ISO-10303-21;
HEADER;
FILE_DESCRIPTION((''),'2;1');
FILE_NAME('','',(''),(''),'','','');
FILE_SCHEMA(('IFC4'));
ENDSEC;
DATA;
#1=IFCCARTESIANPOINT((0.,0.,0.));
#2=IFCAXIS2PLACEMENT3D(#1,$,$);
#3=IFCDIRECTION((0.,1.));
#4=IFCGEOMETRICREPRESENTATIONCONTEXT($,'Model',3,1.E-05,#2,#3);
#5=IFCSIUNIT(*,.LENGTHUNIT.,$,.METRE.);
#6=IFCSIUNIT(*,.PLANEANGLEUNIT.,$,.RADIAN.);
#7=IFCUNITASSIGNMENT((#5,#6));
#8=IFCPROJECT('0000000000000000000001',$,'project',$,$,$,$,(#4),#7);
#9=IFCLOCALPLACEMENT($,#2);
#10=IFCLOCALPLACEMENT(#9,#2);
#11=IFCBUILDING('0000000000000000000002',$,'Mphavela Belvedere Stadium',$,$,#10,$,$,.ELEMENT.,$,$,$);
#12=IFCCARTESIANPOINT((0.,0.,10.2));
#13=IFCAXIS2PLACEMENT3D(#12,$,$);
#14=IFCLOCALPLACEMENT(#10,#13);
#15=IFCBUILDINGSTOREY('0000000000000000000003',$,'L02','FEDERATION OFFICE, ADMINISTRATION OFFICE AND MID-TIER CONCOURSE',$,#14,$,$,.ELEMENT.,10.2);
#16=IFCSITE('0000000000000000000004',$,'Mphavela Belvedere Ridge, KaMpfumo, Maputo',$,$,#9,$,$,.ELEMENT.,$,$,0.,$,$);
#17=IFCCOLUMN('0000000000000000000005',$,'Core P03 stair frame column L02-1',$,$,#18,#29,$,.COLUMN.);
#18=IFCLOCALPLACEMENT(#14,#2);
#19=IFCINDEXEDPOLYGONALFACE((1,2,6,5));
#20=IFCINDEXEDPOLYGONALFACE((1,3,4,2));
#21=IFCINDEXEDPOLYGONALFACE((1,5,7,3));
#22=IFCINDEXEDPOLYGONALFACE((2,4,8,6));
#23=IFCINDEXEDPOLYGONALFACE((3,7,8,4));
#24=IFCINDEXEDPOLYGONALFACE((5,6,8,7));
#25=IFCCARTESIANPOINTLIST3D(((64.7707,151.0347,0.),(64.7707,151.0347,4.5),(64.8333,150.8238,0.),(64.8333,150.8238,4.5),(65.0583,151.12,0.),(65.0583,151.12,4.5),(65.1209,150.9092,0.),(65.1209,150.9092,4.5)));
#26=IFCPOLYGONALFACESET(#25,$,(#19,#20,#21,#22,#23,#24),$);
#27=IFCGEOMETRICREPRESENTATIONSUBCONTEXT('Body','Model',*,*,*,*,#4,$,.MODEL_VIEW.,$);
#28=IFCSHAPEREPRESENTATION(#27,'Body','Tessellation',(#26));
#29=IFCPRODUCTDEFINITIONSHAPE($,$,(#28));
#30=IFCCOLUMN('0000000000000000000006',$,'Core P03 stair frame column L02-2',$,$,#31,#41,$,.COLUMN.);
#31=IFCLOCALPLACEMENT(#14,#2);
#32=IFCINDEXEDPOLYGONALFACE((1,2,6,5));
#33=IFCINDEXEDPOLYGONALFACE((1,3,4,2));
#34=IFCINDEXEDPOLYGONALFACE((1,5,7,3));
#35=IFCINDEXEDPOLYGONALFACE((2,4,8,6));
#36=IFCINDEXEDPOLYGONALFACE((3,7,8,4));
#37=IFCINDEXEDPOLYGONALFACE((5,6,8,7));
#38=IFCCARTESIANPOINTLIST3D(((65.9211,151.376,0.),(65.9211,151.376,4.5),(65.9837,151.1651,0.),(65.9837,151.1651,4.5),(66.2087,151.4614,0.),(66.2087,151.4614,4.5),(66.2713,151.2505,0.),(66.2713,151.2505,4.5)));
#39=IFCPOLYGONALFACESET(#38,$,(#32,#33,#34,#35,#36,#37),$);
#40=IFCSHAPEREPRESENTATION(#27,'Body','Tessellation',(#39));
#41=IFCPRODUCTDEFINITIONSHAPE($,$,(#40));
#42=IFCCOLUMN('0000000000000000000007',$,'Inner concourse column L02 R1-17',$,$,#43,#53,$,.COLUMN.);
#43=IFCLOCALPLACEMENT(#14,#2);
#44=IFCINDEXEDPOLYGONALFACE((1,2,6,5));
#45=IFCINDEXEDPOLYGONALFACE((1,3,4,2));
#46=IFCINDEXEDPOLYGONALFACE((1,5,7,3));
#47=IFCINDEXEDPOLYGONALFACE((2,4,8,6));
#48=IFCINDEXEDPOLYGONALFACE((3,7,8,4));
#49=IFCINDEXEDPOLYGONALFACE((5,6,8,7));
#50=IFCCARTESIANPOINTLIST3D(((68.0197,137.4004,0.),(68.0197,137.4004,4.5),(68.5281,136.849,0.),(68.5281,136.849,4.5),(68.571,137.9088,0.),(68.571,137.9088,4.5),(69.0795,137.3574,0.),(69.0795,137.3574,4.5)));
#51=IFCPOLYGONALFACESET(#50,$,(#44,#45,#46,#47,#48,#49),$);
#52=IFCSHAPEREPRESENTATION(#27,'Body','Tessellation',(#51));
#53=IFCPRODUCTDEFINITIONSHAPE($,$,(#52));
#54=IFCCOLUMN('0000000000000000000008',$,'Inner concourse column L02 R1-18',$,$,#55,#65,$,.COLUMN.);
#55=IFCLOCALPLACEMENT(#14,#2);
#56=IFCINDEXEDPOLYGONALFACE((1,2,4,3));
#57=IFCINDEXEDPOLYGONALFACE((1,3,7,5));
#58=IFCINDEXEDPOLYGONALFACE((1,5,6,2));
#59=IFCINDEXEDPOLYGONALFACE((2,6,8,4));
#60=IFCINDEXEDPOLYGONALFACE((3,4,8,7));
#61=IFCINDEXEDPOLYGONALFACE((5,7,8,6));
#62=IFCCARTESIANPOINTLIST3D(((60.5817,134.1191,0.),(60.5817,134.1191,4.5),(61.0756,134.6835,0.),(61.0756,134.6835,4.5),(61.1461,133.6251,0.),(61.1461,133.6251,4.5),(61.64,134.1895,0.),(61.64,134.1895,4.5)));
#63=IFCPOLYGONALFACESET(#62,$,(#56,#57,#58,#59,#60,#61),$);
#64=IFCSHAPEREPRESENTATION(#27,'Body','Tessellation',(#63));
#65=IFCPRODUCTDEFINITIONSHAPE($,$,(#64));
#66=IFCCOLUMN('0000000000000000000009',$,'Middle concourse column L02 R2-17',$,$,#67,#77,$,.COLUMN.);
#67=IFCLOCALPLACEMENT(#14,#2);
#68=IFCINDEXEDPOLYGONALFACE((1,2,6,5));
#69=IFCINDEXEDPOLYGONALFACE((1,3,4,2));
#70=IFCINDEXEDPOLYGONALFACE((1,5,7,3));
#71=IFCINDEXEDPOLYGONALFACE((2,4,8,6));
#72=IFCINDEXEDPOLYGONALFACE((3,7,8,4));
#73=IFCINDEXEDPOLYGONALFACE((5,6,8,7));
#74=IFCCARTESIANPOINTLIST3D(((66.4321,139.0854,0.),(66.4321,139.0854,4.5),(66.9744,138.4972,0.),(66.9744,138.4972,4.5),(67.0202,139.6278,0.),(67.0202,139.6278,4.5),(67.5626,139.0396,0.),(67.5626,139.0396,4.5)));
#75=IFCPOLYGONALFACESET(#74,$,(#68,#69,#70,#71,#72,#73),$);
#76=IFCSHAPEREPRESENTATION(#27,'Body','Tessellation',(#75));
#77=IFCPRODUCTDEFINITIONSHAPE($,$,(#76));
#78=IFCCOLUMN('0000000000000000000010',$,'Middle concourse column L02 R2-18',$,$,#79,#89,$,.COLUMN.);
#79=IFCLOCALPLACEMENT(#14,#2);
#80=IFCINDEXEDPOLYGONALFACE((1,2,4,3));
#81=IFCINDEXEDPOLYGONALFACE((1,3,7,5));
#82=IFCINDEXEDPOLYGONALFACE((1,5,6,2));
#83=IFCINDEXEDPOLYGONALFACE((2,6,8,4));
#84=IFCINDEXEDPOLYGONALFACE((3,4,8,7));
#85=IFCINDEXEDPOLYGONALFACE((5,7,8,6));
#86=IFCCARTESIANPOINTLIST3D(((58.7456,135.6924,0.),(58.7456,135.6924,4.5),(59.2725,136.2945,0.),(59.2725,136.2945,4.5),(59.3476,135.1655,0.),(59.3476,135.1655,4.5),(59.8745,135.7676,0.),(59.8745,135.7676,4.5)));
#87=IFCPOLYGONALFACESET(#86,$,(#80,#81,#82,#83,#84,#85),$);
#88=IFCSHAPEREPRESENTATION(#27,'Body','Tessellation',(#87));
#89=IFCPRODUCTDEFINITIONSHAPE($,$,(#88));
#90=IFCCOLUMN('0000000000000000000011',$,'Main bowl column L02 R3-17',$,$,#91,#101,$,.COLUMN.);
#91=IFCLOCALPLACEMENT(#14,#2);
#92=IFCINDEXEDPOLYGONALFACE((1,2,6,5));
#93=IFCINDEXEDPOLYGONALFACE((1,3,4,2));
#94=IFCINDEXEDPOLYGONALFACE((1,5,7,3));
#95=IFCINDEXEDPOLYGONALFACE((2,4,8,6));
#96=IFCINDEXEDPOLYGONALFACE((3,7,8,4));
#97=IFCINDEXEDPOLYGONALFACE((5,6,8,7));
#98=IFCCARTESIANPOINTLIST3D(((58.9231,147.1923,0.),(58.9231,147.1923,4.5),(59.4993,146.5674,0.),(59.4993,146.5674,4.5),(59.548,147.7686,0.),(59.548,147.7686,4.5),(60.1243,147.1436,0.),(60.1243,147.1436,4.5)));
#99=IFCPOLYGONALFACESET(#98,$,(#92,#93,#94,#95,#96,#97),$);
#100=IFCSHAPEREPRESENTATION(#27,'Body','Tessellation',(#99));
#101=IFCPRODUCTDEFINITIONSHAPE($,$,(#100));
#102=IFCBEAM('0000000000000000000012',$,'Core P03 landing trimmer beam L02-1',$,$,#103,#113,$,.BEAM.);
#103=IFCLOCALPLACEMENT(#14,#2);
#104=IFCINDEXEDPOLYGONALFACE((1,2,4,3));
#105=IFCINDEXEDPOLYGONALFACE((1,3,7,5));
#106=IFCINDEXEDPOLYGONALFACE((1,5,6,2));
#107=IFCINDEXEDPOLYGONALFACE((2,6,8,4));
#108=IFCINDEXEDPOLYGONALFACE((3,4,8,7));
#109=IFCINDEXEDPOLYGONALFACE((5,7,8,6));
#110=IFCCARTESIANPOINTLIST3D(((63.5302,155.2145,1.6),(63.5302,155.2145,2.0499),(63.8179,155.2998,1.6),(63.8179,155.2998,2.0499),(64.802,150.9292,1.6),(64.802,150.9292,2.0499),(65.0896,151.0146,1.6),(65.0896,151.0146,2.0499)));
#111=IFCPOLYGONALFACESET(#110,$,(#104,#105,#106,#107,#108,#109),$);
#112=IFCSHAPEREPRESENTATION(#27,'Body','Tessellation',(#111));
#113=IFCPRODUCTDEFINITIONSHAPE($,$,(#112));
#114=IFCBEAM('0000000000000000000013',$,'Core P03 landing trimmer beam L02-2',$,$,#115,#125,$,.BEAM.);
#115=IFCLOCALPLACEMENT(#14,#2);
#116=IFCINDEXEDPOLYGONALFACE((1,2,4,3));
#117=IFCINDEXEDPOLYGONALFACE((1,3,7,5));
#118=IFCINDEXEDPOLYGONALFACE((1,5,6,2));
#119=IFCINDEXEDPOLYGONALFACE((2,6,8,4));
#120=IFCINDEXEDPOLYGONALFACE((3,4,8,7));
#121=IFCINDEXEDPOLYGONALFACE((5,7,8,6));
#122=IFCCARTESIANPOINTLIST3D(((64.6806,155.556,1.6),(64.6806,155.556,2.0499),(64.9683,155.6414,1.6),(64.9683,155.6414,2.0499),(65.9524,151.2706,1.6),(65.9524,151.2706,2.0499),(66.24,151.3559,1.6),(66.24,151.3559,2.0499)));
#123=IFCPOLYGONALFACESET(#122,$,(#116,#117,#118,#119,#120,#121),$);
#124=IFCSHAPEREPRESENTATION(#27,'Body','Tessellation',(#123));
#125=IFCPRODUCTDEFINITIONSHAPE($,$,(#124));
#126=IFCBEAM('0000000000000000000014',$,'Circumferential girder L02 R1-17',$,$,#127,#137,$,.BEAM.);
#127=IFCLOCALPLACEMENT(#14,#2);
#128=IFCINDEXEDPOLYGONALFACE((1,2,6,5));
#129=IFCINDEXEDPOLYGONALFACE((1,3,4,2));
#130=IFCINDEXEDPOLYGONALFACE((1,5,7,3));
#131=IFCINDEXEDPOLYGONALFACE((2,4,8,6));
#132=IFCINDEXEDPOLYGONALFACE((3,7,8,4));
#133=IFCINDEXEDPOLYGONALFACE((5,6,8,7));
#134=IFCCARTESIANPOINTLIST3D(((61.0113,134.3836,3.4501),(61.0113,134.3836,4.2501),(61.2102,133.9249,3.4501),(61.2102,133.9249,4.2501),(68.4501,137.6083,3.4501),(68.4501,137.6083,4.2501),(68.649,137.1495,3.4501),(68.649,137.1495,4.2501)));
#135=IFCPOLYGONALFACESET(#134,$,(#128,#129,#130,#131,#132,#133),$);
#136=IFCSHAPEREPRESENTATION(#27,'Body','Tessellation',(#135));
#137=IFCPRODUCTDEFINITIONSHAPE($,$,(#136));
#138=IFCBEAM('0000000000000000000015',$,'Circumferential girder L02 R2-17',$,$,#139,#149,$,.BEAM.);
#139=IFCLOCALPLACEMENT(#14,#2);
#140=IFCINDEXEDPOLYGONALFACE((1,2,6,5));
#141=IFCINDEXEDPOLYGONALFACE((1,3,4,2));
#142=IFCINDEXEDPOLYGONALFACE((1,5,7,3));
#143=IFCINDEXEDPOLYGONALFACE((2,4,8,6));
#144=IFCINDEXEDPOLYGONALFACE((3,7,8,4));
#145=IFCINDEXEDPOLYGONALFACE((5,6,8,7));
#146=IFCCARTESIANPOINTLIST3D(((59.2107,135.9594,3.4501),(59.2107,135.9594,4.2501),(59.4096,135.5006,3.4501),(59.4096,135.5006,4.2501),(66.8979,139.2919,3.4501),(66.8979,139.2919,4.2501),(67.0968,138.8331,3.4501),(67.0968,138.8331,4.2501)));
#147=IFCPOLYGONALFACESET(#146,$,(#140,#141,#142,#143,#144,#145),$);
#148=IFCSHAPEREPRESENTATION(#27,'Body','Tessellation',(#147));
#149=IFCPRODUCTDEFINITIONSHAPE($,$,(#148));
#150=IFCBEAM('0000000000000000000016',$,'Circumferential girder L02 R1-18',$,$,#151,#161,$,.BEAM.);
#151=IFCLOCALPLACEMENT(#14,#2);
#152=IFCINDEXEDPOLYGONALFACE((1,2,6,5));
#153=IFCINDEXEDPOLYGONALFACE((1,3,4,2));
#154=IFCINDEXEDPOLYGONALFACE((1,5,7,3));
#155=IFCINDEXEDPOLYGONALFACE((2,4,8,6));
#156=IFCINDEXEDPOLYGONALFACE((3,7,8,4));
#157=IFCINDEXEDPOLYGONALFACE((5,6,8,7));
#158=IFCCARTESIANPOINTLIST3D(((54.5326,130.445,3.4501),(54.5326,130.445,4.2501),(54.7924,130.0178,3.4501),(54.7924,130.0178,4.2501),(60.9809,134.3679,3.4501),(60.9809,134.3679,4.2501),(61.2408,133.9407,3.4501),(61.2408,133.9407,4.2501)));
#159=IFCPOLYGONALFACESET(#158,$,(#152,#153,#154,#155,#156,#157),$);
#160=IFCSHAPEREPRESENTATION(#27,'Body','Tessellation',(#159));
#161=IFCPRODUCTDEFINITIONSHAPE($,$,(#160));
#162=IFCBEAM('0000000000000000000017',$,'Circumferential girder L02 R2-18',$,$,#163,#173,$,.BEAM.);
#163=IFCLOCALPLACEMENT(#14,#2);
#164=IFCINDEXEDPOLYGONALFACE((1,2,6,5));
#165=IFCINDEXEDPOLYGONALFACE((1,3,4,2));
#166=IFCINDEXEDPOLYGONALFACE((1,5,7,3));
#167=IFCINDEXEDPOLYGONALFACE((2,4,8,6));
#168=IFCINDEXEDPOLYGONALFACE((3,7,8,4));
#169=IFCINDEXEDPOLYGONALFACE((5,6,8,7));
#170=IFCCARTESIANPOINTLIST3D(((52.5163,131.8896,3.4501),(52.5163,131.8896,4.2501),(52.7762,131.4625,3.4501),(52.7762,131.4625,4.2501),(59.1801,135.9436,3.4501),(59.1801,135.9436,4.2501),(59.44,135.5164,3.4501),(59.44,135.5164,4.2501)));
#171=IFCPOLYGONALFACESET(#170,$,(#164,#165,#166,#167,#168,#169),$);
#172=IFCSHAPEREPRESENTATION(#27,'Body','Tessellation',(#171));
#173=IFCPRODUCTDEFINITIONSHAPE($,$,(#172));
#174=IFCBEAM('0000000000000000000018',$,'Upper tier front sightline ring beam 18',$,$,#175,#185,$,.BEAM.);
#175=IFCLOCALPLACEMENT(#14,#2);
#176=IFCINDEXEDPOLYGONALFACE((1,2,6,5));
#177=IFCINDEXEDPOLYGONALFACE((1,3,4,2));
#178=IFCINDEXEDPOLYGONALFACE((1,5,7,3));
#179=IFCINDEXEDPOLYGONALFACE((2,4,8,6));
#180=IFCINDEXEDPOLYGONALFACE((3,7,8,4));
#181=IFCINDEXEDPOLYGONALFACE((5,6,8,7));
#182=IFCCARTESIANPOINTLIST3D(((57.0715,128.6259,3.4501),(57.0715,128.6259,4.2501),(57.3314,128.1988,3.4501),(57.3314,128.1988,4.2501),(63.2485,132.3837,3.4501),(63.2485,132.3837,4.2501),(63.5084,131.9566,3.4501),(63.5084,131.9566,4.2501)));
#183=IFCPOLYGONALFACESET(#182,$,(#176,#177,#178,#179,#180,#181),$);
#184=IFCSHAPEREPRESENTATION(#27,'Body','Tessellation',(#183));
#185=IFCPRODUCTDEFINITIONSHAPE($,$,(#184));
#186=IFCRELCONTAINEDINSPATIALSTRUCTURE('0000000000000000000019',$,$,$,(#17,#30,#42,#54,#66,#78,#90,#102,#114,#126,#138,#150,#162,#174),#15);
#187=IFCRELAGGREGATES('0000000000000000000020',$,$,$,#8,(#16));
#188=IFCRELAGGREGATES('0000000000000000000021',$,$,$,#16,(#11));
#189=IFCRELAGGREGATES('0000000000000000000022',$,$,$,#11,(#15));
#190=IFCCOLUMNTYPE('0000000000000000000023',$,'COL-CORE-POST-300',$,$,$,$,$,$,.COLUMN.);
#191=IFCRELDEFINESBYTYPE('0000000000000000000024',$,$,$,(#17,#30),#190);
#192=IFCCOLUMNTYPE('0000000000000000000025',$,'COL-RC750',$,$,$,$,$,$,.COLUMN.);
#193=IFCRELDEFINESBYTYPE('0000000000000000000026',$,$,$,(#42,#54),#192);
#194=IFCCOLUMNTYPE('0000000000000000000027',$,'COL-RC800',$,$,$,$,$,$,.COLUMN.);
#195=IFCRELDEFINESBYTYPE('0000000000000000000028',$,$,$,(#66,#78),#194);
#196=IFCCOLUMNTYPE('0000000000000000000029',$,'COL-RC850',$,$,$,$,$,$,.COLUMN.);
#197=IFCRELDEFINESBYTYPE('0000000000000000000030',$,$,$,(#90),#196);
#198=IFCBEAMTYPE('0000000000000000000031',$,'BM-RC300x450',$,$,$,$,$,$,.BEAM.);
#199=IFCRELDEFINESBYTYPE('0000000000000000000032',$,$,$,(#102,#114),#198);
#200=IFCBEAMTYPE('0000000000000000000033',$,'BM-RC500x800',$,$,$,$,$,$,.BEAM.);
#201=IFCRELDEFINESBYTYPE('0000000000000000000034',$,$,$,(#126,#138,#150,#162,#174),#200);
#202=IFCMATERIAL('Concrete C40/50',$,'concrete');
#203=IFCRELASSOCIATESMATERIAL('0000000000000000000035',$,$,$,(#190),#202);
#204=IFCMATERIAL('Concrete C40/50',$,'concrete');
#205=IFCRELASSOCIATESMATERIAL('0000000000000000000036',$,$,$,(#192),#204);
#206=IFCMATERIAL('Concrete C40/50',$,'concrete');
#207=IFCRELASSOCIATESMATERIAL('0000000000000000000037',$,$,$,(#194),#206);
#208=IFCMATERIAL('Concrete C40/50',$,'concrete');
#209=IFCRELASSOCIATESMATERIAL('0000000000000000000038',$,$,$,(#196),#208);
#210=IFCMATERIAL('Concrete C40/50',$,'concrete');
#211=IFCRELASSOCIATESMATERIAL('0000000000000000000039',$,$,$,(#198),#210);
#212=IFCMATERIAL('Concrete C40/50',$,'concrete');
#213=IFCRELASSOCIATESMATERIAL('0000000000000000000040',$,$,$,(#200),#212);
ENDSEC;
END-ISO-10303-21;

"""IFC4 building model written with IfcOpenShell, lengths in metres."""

from ifc_helpers import new_model, si_unit, direction, frame, origin, origin_2d, place, context, subcontext, project, spatial, rectangle, extrude, material, material_profile, profile_set, type_object, element, save


model = new_model("IFC4")

# Units and contexts
model_context = context("Model", 3, precision=1e-05, world=origin(), true_north=direction((0.0, 1.0)))
body_context = subcontext(model_context, "Body", "Model", "MODEL_VIEW")
ifc_project = project(units=[si_unit("LENGTHUNIT", "METRE"), si_unit("PLANEANGLEUNIT", "RADIAN")], contexts=[model_context])

# Site, building, storey
site_placement = place(None, origin())
site = spatial("IfcSite", under=ifc_project, at=site_placement, Name="Mphavela Belvedere Ridge, KaMpfumo, Maputo", CompositionType="ELEMENT", RefElevation=0.0)
building_placement = place(site_placement, origin())
building = spatial("IfcBuilding", under=site, at=building_placement, Name="Mphavela Belvedere Stadium", CompositionType="ELEMENT")
storey_placement = place(building_placement, frame((0.0, 0.0, 10.2)))
storey = spatial("IfcBuildingStorey", under=building, at=storey_placement, Name="L02", Description="FEDERATION OFFICE, ADMINISTRATION OFFICE AND MID-TIER CONCOURSE", CompositionType="ELEMENT", Elevation=10.2)

# Columns
ifc_material_1 = material(Name="Concrete C40/50", Category="concrete")
ifc_material_profile_1 = material_profile(ifc_material_1, rectangle(XDim=0.3, YDim=0.22, at=origin_2d()), Name="RC 300x220")
ifc_profile_set_1 = profile_set([ifc_material_profile_1], Name="Concrete C40/50")
column_type_1 = type_object("IfcColumnType", Name="COL-CORE-POST-300", PredefinedType="COLUMN", material=ifc_profile_set_1)
for number, where, z_axis, x_axis, name in (
    (1, (64.9458, 150.9719, 0.0), (0.0, 0.0, 1.0), (0.958671, 0.284517, 0.0), "Core P03 stair frame column L02-1"),
    (2, (66.0962, 151.3132, 0.0), (0.0, 0.0, 1.0), (0.958671, 0.284517, 0.0), "Core P03 stair frame column L02-2"),
):
    element("IfcColumn", number, at=place(storey_placement, frame(where, z_axis=z_axis, x_axis=x_axis)), inside=storey, type_object=column_type_1, Name=name, PredefinedType="COLUMN", context=body_context, shape_type="SweptSolid", body=[
        extrude(rectangle(XDim=0.3, YDim=0.22, at=origin_2d()), origin(), (0.0, 0.0, 1.0), 4.5),
    ])
ifc_material_2 = material(Name="Concrete C40/50", Category="concrete")
ifc_material_profile_2 = material_profile(ifc_material_2, rectangle(XDim=0.75, YDim=0.75, at=origin_2d()), Name="RC 750x750")
ifc_profile_set_2 = profile_set([ifc_material_profile_2], Name="Concrete C40/50")
column_type_2 = type_object("IfcColumnType", Name="COL-RC750", PredefinedType="COLUMN", material=ifc_profile_set_2)
for number, where, z_axis, x_axis, name in (
    (3, (68.5496, 137.3789, 0.0), (0.0, 0.0, 1.0), (-0.677903, 0.735151, 0.0), "Inner concourse column L02 R1-17"),
    (4, (61.1108, 134.1543, 0.0), (0.0, 0.0, 1.0), (-0.75253, 0.658558, 0.0), "Inner concourse column L02 R1-18"),
):
    element("IfcColumn", number, at=place(storey_placement, frame(where, z_axis=z_axis, x_axis=x_axis)), inside=storey, type_object=column_type_2, Name=name, PredefinedType="COLUMN", context=body_context, shape_type="SweptSolid", body=[
        extrude(rectangle(XDim=0.75, YDim=0.75, at=origin_2d()), origin(), (0.0, 0.0, 1.0), 4.5),
    ])
ifc_material_3 = material(Name="Concrete C40/50", Category="concrete")
ifc_material_profile_3 = material_profile(ifc_material_3, rectangle(XDim=0.8, YDim=0.8, at=origin_2d()), Name="RC 800x800")
ifc_profile_set_3 = profile_set([ifc_material_profile_3], Name="Concrete C40/50")
column_type_3 = type_object("IfcColumnType", Name="COL-RC800", PredefinedType="COLUMN", material=ifc_profile_set_3)
for number, where, z_axis, x_axis, name in (
    (5, (66.9973, 139.0625, 0.0), (0.0, 0.0, 1.0), (-0.677903, 0.735151, 0.0), "Middle concourse column L02 R2-17"),
    (6, (59.3101, 135.73, 0.0), (0.0, 0.0, 1.0), (-0.75253, 0.658558, 0.0), "Middle concourse column L02 R2-18"),
):
    element("IfcColumn", number, at=place(storey_placement, frame(where, z_axis=z_axis, x_axis=x_axis)), inside=storey, type_object=column_type_3, Name=name, PredefinedType="COLUMN", context=body_context, shape_type="SweptSolid", body=[
        extrude(rectangle(XDim=0.8, YDim=0.8, at=origin_2d()), origin(), (0.0, 0.0, 1.0), 4.5),
    ])
ifc_material_4 = material(Name="Concrete C40/50", Category="concrete")
ifc_material_profile_4 = material_profile(ifc_material_4, rectangle(XDim=0.8501, YDim=0.8501, at=origin_2d()), Name="RC 850x850")
ifc_profile_set_4 = profile_set([ifc_material_profile_4], Name="Concrete C40/50")
column_type_4 = type_object("IfcColumnType", Name="COL-RC850", PredefinedType="COLUMN", material=ifc_profile_set_4)
column_placement = place(storey_placement, frame((59.5237, 147.168, 0.0), z_axis=(0.0, 0.0, 1.0), x_axis=(-0.677903, 0.735151, 0.0)))
element("IfcColumn", 7, at=column_placement, inside=storey, type_object=column_type_4, Name="Main bowl column L02 R3-17", PredefinedType="COLUMN", context=body_context, shape_type="SweptSolid", body=[
    extrude(rectangle(XDim=0.8501, YDim=0.8501, at=origin_2d()), origin(), (0.0, 0.0, 1.0), 4.5),
])

# Beams
ifc_material_5 = material(Name="Concrete C40/50", Category="concrete")
ifc_material_profile_5 = material_profile(ifc_material_5, rectangle(XDim=0.3, YDim=0.45, at=origin_2d()), Name="RC 300x450")
ifc_profile_set_5 = profile_set([ifc_material_profile_5], Name="Concrete C40/50")
beam_type_1 = type_object("IfcBeamType", Name="BM-RC300x450", PredefinedType="BEAM", material=ifc_profile_set_5)
beam_1_placement = place(storey_placement, frame((64.9458, 150.9719, 1.825), z_axis=(-0.28451, 0.958673, 0.0), x_axis=(-0.958673, -0.28451, 0.0)))
element("IfcBeam", 8, at=beam_1_placement, inside=storey, type_object=beam_type_1, Name="Core P03 landing trimmer beam L02-1", PredefinedType="BEAM", context=body_context, shape_type="SweptSolid", body=[
    extrude(rectangle(XDim=0.3, YDim=0.45, at=origin_2d()), origin(), (0.0, 0.0, 1.0), 4.47),
])
beam_2_placement = place(storey_placement, frame((66.0962, 151.3132, 1.825), z_axis=(-0.284496, 0.958677, 0.0), x_axis=(-0.958677, -0.284496, 0.0)))
element("IfcBeam", 9, at=beam_2_placement, inside=storey, type_object=beam_type_1, Name="Core P03 landing trimmer beam L02-2", PredefinedType="BEAM", context=body_context, shape_type="SweptSolid", body=[
    extrude(rectangle(XDim=0.3, YDim=0.45, at=origin_2d()), origin(), (0.0, 0.0, 1.0), 4.4702),
])
ifc_material_6 = material(Name="Concrete C40/50", Category="concrete")
ifc_material_profile_6 = material_profile(ifc_material_6, rectangle(XDim=0.5, YDim=0.8, at=origin_2d()), Name="RC 500x800")
ifc_profile_set_6 = profile_set([ifc_material_profile_6], Name="Concrete C40/50")
beam_type_2 = type_object("IfcBeamType", Name="BM-RC500x800", PredefinedType="BEAM", material=ifc_profile_set_6)
beam_3_placement = place(storey_placement, frame((68.5496, 137.3789, 3.8501), z_axis=(-0.917503, -0.397728, 0.0), x_axis=(0.397728, -0.917503, 0.0)))
element("IfcBeam", 10, at=beam_3_placement, inside=storey, type_object=beam_type_2, Name="Circumferential girder L02 R1-17", PredefinedType="BEAM", context=body_context, shape_type="SweptSolid", body=[
    extrude(rectangle(XDim=0.5, YDim=0.8, at=origin_2d()), origin(), (0.0, 0.0, 1.0), 8.1077),
])
beam_4_placement = place(storey_placement, frame((66.9973, 139.0625, 3.8501), z_axis=(-0.917496, -0.397746, 0.0), x_axis=(0.397746, -0.917496, 0.0)))
element("IfcBeam", 11, at=beam_4_placement, inside=storey, type_object=beam_type_2, Name="Circumferential girder L02 R2-17", PredefinedType="BEAM", context=body_context, shape_type="SweptSolid", body=[
    extrude(rectangle(XDim=0.5, YDim=0.8, at=origin_2d()), origin(), (0.0, 0.0, 1.0), 8.3784),
])
beam_5_placement = place(storey_placement, frame((61.1108, 134.1543, 3.8501), z_axis=(-0.854326, -0.519738, 0.0), x_axis=(0.519738, -0.854326, 0.0)))
element("IfcBeam", 12, at=beam_5_placement, inside=storey, type_object=beam_type_2, Name="Circumferential girder L02 R1-18", PredefinedType="BEAM", context=body_context, shape_type="SweptSolid", body=[
    extrude(rectangle(XDim=0.5, YDim=0.8, at=origin_2d()), origin(), (0.0, 0.0, 1.0), 7.5479),
])
beam_6_placement = place(storey_placement, frame((59.3101, 135.73, 3.8501), z_axis=(-0.854328, -0.519733, 0.0), x_axis=(0.519733, -0.854328, 0.0)))
element("IfcBeam", 13, at=beam_6_placement, inside=storey, type_object=beam_type_2, Name="Circumferential girder L02 R2-18", PredefinedType="BEAM", context=body_context, shape_type="SweptSolid", body=[
    extrude(rectangle(XDim=0.5, YDim=0.8, at=origin_2d()), origin(), (0.0, 0.0, 1.0), 7.8),
])
beam_7_placement = place(storey_placement, frame((63.3784, 132.1702, 3.8501), z_axis=(-0.854328, -0.519735, 0.0), x_axis=(0.519735, -0.854328, 0.0)))
element("IfcBeam", 14, at=beam_7_placement, inside=storey, type_object=beam_type_2, Name="Upper tier front sightline ring beam 18", PredefinedType="BEAM", context=body_context, shape_type="SweptSolid", body=[
    extrude(rectangle(XDim=0.5, YDim=0.8, at=origin_2d()), origin(), (0.0, 0.0, 1.0), 7.2302),
])

save(model, "model.ifc")
